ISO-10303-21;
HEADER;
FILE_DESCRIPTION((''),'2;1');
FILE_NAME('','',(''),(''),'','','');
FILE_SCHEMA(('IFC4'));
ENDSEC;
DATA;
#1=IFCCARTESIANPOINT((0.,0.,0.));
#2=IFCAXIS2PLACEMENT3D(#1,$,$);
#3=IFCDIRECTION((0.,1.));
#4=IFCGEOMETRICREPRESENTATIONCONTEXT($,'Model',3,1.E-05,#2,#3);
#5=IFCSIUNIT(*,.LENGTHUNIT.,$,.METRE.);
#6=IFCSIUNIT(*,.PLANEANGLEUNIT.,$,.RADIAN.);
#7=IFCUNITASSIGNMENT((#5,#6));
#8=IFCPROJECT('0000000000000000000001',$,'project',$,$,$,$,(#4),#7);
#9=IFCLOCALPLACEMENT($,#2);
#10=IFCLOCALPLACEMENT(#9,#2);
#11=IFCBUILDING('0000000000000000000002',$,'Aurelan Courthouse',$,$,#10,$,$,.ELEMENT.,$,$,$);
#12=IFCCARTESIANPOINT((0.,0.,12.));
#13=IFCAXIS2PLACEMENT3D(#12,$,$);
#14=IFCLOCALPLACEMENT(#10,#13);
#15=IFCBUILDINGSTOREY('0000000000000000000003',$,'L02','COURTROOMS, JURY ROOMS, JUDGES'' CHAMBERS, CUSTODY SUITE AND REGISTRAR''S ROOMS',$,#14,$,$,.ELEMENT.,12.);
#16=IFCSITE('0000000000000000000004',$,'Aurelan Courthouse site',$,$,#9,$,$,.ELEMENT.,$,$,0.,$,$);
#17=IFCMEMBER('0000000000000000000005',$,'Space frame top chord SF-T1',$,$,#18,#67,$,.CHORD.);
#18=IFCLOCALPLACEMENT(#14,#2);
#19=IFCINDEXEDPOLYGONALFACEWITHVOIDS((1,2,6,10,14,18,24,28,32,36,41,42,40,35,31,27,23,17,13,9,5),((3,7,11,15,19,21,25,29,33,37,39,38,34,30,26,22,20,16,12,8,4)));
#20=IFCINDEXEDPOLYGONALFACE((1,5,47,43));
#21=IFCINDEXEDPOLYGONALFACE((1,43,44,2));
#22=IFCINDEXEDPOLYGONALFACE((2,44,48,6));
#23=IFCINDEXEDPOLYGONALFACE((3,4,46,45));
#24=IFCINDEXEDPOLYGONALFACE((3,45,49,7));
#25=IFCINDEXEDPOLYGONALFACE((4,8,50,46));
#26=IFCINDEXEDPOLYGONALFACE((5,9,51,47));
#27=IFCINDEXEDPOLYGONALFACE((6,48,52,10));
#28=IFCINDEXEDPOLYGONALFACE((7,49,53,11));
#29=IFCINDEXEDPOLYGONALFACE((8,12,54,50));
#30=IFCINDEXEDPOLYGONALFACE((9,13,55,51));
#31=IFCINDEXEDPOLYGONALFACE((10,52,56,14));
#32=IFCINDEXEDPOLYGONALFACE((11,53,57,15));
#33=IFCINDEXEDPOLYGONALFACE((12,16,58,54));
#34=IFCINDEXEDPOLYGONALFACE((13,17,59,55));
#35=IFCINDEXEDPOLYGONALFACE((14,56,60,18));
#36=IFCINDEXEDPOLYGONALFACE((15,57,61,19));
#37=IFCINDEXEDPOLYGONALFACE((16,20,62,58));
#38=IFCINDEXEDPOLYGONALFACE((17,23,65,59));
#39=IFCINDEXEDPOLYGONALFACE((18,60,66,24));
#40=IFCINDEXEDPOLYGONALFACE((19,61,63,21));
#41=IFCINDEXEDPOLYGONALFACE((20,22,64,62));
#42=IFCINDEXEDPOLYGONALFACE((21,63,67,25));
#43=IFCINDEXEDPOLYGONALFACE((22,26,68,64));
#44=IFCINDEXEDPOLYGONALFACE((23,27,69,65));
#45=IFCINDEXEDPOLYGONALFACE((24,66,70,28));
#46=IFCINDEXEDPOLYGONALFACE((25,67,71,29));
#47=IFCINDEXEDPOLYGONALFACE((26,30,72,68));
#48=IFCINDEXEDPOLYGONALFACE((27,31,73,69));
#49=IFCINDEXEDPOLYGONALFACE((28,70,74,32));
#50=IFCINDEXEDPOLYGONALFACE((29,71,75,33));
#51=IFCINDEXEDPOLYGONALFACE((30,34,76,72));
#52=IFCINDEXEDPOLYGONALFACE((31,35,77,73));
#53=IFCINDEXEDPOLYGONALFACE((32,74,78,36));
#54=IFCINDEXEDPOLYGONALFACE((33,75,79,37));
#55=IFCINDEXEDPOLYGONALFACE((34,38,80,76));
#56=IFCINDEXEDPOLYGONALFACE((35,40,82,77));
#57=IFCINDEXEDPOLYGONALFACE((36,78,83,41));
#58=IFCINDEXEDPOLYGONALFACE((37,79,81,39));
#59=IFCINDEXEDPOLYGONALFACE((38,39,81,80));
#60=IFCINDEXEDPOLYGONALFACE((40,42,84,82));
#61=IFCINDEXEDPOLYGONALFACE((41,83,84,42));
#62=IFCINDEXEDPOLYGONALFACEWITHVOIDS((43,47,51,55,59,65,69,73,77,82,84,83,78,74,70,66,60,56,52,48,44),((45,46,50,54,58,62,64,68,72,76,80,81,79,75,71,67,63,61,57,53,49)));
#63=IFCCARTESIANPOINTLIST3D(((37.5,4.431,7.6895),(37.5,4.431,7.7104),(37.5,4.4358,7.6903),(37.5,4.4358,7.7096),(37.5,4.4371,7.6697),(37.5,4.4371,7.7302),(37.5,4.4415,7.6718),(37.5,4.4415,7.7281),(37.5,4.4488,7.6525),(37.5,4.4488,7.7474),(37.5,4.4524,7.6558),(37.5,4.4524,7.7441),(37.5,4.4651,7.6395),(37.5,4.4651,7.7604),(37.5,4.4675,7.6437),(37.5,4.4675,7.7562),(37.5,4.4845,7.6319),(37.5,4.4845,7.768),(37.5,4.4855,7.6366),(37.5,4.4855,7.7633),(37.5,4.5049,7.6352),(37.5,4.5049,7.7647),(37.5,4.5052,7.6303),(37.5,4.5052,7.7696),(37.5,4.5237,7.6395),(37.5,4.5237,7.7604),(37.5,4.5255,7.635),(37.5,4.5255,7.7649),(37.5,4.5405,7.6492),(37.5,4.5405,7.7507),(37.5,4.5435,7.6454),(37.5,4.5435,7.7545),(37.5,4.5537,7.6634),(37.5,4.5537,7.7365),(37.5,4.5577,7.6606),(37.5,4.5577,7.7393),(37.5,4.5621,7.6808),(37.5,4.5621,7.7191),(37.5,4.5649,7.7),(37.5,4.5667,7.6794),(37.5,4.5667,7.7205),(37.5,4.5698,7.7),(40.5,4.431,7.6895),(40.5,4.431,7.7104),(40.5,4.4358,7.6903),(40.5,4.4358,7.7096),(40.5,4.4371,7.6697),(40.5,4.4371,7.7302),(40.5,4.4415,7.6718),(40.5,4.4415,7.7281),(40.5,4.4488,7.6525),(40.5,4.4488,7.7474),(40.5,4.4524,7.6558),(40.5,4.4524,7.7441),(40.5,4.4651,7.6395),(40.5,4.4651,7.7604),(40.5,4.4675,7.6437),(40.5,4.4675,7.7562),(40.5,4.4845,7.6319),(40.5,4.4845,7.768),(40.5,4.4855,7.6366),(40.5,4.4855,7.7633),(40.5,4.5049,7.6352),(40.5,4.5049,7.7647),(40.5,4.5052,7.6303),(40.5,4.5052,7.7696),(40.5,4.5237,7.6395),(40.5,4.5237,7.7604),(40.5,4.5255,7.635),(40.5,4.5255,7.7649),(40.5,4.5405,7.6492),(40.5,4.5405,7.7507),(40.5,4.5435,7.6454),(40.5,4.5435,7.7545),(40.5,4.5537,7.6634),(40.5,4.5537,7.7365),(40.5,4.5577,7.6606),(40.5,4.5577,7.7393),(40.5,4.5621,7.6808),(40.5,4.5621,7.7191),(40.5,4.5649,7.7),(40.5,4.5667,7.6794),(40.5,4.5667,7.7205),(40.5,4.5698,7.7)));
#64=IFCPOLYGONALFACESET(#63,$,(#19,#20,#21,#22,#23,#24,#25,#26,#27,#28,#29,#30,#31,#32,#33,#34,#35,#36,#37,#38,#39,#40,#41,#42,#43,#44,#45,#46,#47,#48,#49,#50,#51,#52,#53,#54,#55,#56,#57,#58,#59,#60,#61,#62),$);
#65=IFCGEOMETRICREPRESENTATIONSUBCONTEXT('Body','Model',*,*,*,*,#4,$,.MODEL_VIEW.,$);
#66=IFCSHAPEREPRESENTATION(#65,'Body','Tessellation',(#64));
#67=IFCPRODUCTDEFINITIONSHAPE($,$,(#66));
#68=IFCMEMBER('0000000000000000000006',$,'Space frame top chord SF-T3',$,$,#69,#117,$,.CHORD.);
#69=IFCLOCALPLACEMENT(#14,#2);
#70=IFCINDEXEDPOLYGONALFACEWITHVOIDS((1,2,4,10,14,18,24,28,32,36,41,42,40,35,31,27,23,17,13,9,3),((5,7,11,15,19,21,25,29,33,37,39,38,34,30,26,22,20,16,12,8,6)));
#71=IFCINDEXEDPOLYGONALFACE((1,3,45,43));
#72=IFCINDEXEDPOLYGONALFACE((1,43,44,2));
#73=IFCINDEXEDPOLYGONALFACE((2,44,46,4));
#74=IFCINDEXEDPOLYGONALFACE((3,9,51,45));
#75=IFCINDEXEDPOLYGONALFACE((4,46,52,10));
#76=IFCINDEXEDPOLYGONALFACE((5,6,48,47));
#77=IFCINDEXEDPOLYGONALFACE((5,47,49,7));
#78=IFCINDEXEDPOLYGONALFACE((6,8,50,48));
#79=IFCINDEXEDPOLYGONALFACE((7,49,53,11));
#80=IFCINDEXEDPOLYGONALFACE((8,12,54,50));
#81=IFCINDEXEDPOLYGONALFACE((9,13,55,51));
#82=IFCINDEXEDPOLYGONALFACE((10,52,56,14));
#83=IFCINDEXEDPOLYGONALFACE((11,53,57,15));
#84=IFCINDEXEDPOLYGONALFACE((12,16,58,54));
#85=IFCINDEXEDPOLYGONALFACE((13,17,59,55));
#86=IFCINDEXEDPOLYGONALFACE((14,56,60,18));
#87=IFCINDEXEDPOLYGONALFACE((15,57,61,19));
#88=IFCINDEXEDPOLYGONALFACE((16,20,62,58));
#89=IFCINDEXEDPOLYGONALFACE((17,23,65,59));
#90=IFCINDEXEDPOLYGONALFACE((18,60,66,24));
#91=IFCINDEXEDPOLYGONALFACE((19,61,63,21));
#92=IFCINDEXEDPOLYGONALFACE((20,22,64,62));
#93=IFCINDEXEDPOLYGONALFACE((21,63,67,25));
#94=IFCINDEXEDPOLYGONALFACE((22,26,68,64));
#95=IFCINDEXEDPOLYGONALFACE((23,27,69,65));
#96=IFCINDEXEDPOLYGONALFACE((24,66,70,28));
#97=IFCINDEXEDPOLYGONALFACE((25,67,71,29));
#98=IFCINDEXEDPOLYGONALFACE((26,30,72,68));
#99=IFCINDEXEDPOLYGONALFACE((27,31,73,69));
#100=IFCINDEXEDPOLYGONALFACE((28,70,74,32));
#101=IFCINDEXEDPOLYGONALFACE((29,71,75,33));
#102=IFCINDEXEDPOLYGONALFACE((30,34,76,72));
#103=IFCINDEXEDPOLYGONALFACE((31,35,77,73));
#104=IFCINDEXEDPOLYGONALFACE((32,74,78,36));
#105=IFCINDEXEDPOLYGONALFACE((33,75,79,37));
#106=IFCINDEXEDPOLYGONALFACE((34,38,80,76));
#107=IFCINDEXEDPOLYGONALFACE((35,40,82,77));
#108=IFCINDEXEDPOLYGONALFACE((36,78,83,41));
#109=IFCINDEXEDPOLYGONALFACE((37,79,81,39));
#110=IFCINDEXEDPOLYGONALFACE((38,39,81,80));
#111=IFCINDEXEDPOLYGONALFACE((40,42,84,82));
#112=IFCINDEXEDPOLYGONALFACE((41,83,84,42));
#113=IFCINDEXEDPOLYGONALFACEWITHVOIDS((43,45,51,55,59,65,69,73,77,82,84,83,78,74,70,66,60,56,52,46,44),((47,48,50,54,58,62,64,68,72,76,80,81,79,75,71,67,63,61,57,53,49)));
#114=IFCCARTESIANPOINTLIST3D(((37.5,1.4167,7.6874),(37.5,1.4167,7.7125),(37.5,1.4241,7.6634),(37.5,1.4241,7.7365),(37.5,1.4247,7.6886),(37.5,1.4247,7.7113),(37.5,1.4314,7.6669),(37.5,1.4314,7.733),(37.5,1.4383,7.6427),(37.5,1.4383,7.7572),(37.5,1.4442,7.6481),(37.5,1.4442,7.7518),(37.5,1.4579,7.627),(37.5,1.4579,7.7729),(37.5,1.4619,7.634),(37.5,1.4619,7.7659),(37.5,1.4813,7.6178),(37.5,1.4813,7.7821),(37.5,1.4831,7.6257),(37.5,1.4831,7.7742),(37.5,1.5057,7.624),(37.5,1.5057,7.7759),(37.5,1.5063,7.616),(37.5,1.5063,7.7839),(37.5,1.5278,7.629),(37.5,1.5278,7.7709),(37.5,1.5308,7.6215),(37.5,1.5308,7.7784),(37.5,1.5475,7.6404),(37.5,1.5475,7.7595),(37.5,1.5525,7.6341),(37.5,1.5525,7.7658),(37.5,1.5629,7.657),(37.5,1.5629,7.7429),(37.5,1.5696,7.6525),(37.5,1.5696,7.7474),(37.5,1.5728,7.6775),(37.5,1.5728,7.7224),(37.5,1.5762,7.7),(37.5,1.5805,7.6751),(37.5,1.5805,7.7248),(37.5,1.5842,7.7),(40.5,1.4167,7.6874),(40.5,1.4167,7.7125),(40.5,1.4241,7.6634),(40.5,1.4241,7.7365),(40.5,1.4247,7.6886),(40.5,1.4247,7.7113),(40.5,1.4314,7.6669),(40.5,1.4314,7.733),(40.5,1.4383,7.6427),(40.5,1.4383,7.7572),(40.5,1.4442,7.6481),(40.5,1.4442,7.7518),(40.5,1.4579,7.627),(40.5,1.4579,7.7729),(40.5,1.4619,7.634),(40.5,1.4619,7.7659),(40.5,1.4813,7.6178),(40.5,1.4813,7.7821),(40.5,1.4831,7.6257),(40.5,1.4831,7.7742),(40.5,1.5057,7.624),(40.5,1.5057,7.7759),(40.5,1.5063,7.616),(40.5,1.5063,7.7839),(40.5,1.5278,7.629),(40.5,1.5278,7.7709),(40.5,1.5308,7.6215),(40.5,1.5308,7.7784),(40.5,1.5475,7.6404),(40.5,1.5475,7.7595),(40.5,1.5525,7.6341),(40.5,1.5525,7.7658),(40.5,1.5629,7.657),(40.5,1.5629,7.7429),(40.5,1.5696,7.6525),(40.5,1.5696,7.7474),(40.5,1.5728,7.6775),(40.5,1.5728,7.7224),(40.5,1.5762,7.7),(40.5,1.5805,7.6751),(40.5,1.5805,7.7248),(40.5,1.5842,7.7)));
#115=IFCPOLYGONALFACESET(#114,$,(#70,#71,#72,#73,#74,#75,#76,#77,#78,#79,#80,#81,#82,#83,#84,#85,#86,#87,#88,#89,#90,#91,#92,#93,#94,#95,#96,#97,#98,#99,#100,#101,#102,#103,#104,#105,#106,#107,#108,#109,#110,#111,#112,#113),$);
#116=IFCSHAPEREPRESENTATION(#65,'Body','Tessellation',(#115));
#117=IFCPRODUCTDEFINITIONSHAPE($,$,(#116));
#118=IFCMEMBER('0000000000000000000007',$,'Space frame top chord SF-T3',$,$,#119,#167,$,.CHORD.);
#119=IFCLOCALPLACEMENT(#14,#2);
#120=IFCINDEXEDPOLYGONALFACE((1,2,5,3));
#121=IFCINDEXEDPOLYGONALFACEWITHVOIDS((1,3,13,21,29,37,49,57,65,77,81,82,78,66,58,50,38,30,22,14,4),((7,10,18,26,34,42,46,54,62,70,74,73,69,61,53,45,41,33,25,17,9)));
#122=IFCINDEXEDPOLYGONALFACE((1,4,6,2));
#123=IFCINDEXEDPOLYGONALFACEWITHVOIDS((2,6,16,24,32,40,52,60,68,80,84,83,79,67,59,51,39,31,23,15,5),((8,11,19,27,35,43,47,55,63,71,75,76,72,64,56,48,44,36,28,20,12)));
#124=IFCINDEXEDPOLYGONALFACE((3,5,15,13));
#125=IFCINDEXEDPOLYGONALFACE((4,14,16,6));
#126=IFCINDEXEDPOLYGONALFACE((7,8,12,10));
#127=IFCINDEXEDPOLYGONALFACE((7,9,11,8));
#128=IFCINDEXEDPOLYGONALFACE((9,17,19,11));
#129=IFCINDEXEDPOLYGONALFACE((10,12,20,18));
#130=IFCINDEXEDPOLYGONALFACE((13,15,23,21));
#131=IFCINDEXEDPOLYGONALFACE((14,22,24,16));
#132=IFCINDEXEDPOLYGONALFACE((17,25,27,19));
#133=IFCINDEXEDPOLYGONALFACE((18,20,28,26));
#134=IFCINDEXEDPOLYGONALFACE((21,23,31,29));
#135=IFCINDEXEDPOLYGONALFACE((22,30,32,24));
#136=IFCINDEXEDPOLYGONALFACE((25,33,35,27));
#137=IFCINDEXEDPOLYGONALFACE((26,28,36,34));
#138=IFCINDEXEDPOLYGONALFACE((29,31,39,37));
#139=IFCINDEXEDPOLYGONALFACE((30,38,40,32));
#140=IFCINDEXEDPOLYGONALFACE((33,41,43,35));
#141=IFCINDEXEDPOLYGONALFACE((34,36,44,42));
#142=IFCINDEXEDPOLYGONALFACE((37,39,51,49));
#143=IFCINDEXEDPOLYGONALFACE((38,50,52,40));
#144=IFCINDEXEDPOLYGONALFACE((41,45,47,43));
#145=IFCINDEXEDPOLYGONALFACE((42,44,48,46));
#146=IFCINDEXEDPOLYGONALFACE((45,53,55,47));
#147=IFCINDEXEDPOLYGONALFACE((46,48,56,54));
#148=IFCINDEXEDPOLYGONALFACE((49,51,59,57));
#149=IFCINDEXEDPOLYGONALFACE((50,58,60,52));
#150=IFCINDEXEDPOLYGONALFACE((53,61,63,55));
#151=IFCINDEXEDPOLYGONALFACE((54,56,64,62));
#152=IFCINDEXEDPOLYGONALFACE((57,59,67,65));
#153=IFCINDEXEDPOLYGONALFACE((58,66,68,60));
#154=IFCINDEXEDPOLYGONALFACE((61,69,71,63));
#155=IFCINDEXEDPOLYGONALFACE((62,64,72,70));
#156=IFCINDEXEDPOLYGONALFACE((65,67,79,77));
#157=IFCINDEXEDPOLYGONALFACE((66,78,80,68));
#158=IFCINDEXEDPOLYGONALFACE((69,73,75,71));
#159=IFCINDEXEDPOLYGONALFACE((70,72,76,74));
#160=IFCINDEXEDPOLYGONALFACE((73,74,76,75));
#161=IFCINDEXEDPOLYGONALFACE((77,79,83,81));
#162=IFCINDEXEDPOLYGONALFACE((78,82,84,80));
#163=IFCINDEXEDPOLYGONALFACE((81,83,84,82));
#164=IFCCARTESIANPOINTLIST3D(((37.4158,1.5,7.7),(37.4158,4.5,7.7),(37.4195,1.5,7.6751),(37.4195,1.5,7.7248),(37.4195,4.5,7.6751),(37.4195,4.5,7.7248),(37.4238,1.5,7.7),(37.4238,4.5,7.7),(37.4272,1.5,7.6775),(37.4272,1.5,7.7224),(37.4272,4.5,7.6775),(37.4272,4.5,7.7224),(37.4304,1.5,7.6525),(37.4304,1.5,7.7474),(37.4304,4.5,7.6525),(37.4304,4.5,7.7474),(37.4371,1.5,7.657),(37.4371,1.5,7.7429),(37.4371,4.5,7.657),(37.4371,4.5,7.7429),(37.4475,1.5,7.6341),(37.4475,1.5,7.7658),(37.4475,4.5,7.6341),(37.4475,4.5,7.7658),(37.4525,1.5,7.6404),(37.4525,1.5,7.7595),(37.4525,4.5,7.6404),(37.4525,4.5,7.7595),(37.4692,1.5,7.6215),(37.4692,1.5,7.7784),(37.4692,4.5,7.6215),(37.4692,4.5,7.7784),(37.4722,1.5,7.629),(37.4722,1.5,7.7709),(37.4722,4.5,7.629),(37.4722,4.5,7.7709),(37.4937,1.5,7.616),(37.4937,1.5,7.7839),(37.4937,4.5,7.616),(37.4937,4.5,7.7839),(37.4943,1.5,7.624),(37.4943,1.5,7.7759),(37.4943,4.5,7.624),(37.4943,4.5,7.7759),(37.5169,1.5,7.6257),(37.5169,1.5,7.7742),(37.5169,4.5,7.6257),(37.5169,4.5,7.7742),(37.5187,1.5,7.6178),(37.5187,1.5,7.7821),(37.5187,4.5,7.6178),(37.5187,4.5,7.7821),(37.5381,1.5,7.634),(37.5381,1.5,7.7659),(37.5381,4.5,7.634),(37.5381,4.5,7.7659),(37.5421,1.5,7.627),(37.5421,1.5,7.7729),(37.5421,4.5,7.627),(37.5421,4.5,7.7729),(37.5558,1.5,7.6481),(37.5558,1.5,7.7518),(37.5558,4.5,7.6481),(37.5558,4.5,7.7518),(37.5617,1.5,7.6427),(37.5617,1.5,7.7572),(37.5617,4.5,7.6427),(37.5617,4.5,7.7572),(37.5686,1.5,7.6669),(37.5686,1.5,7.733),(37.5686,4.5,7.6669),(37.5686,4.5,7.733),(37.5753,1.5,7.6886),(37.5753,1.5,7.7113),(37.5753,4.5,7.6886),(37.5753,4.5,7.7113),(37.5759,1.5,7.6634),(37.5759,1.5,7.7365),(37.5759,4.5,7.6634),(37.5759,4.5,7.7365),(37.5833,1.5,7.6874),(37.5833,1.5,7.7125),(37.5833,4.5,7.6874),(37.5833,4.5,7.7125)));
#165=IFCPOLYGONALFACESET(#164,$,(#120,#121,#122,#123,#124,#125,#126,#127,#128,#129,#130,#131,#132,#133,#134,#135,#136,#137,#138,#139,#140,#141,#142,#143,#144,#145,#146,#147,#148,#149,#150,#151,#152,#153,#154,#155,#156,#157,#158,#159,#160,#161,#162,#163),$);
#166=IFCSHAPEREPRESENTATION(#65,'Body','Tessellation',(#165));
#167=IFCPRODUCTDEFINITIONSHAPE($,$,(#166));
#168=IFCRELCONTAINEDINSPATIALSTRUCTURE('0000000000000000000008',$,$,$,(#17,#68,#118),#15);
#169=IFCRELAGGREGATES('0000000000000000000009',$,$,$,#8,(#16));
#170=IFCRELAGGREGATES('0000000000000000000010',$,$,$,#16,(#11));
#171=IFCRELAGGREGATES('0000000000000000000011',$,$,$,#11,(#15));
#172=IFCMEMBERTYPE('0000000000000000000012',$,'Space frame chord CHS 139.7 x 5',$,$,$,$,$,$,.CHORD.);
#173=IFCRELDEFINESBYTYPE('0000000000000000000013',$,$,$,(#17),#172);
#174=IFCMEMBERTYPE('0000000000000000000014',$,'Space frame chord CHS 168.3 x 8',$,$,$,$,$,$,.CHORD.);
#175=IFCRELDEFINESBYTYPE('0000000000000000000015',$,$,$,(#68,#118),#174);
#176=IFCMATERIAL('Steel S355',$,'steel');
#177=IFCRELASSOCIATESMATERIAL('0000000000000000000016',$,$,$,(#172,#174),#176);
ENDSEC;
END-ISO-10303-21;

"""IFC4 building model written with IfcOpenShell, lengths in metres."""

from ifc_helpers import new_model, si_unit, direction, frame, origin, origin_2d, place, context, subcontext, project, spatial, hollow_circle, extrude, material, material_profile, profile_set, type_object, element, save


model = new_model("IFC4")

# Units and contexts
model_context = context("Model", 3, precision=1e-05, world=origin(), true_north=direction((0.0, 1.0)))
body_context = subcontext(model_context, "Body", "Model", "MODEL_VIEW")
ifc_project = project(units=[si_unit("LENGTHUNIT", "METRE"), si_unit("PLANEANGLEUNIT", "RADIAN")], contexts=[model_context])

# Site, building, storey
site_placement = place(None, origin())
site = spatial("IfcSite", under=ifc_project, at=site_placement, Name="Aurelan Courthouse site", CompositionType="ELEMENT", RefElevation=0.0)
building_placement = place(site_placement, origin())
building = spatial("IfcBuilding", under=site, at=building_placement, Name="Aurelan Courthouse", CompositionType="ELEMENT")
storey_placement = place(building_placement, frame((0.0, 0.0, 12.0)))
storey = spatial("IfcBuildingStorey", under=building, at=storey_placement, Name="L02", Description="COURTROOMS, JURY ROOMS, JUDGES' CHAMBERS, CUSTODY SUITE AND REGISTRAR'S ROOMS", CompositionType="ELEMENT", Elevation=12.0)

# Shared definitions
ifc_material_1 = material(Name="Steel S355", Category="steel")

# Members
ifc_material_profile_1 = material_profile(ifc_material_1, hollow_circle(Radius=0.0698, WallThickness=0.0049, at=origin_2d()), Name="CHS 139.7 x 5")
ifc_profile_set_1 = profile_set([ifc_material_profile_1], Name="Steel S355")
member_type_1 = type_object("IfcMemberType", Name="Space frame chord CHS 139.7 x 5", PredefinedType="CHORD", material=ifc_profile_set_1)
member_1_placement = place(storey_placement, frame((37.5, 4.5, 7.7), z_axis=(1.0, 0.0, 0.0), x_axis=(0.0, 1.0, 0.0)))
element("IfcMember", 1, at=member_1_placement, inside=storey, type_object=member_type_1, Name="Space frame top chord SF-T1", PredefinedType="CHORD", context=body_context, shape_type="SweptSolid", body=[
    extrude(hollow_circle(Radius=0.0698, WallThickness=0.0049, at=origin_2d()), origin(), (0.0, 0.0, 1.0), 3.0),
])
ifc_material_profile_2 = material_profile(ifc_material_1, hollow_circle(Radius=0.0842, WallThickness=0.0081, at=origin_2d()), Name="CHS 168.3 x 8")
ifc_profile_set_2 = profile_set([ifc_material_profile_2], Name="Steel S355")
member_type_2 = type_object("IfcMemberType", Name="Space frame chord CHS 168.3 x 8", PredefinedType="CHORD", material=ifc_profile_set_2)
for number, where, z_axis, x_axis, name in (
    (2, (37.5, 1.5, 7.7), (1.0, 0.0, 0.0), (0.0, 1.0, 0.0), "Space frame top chord SF-T3"),
    (3, (37.5, 1.5, 7.7), (0.0, 1.0, 0.0), (-1.0, 0.0, 0.0), "Space frame top chord SF-T3"),
):
    element("IfcMember", number, at=place(storey_placement, frame(where, z_axis=z_axis, x_axis=x_axis)), inside=storey, type_object=member_type_2, Name=name, PredefinedType="CHORD", context=body_context, shape_type="SweptSolid", body=[
        extrude(hollow_circle(Radius=0.0842, WallThickness=0.0081, at=origin_2d()), origin(), (0.0, 0.0, 1.0), 3.0),
    ])

save(model, "model.ifc")
